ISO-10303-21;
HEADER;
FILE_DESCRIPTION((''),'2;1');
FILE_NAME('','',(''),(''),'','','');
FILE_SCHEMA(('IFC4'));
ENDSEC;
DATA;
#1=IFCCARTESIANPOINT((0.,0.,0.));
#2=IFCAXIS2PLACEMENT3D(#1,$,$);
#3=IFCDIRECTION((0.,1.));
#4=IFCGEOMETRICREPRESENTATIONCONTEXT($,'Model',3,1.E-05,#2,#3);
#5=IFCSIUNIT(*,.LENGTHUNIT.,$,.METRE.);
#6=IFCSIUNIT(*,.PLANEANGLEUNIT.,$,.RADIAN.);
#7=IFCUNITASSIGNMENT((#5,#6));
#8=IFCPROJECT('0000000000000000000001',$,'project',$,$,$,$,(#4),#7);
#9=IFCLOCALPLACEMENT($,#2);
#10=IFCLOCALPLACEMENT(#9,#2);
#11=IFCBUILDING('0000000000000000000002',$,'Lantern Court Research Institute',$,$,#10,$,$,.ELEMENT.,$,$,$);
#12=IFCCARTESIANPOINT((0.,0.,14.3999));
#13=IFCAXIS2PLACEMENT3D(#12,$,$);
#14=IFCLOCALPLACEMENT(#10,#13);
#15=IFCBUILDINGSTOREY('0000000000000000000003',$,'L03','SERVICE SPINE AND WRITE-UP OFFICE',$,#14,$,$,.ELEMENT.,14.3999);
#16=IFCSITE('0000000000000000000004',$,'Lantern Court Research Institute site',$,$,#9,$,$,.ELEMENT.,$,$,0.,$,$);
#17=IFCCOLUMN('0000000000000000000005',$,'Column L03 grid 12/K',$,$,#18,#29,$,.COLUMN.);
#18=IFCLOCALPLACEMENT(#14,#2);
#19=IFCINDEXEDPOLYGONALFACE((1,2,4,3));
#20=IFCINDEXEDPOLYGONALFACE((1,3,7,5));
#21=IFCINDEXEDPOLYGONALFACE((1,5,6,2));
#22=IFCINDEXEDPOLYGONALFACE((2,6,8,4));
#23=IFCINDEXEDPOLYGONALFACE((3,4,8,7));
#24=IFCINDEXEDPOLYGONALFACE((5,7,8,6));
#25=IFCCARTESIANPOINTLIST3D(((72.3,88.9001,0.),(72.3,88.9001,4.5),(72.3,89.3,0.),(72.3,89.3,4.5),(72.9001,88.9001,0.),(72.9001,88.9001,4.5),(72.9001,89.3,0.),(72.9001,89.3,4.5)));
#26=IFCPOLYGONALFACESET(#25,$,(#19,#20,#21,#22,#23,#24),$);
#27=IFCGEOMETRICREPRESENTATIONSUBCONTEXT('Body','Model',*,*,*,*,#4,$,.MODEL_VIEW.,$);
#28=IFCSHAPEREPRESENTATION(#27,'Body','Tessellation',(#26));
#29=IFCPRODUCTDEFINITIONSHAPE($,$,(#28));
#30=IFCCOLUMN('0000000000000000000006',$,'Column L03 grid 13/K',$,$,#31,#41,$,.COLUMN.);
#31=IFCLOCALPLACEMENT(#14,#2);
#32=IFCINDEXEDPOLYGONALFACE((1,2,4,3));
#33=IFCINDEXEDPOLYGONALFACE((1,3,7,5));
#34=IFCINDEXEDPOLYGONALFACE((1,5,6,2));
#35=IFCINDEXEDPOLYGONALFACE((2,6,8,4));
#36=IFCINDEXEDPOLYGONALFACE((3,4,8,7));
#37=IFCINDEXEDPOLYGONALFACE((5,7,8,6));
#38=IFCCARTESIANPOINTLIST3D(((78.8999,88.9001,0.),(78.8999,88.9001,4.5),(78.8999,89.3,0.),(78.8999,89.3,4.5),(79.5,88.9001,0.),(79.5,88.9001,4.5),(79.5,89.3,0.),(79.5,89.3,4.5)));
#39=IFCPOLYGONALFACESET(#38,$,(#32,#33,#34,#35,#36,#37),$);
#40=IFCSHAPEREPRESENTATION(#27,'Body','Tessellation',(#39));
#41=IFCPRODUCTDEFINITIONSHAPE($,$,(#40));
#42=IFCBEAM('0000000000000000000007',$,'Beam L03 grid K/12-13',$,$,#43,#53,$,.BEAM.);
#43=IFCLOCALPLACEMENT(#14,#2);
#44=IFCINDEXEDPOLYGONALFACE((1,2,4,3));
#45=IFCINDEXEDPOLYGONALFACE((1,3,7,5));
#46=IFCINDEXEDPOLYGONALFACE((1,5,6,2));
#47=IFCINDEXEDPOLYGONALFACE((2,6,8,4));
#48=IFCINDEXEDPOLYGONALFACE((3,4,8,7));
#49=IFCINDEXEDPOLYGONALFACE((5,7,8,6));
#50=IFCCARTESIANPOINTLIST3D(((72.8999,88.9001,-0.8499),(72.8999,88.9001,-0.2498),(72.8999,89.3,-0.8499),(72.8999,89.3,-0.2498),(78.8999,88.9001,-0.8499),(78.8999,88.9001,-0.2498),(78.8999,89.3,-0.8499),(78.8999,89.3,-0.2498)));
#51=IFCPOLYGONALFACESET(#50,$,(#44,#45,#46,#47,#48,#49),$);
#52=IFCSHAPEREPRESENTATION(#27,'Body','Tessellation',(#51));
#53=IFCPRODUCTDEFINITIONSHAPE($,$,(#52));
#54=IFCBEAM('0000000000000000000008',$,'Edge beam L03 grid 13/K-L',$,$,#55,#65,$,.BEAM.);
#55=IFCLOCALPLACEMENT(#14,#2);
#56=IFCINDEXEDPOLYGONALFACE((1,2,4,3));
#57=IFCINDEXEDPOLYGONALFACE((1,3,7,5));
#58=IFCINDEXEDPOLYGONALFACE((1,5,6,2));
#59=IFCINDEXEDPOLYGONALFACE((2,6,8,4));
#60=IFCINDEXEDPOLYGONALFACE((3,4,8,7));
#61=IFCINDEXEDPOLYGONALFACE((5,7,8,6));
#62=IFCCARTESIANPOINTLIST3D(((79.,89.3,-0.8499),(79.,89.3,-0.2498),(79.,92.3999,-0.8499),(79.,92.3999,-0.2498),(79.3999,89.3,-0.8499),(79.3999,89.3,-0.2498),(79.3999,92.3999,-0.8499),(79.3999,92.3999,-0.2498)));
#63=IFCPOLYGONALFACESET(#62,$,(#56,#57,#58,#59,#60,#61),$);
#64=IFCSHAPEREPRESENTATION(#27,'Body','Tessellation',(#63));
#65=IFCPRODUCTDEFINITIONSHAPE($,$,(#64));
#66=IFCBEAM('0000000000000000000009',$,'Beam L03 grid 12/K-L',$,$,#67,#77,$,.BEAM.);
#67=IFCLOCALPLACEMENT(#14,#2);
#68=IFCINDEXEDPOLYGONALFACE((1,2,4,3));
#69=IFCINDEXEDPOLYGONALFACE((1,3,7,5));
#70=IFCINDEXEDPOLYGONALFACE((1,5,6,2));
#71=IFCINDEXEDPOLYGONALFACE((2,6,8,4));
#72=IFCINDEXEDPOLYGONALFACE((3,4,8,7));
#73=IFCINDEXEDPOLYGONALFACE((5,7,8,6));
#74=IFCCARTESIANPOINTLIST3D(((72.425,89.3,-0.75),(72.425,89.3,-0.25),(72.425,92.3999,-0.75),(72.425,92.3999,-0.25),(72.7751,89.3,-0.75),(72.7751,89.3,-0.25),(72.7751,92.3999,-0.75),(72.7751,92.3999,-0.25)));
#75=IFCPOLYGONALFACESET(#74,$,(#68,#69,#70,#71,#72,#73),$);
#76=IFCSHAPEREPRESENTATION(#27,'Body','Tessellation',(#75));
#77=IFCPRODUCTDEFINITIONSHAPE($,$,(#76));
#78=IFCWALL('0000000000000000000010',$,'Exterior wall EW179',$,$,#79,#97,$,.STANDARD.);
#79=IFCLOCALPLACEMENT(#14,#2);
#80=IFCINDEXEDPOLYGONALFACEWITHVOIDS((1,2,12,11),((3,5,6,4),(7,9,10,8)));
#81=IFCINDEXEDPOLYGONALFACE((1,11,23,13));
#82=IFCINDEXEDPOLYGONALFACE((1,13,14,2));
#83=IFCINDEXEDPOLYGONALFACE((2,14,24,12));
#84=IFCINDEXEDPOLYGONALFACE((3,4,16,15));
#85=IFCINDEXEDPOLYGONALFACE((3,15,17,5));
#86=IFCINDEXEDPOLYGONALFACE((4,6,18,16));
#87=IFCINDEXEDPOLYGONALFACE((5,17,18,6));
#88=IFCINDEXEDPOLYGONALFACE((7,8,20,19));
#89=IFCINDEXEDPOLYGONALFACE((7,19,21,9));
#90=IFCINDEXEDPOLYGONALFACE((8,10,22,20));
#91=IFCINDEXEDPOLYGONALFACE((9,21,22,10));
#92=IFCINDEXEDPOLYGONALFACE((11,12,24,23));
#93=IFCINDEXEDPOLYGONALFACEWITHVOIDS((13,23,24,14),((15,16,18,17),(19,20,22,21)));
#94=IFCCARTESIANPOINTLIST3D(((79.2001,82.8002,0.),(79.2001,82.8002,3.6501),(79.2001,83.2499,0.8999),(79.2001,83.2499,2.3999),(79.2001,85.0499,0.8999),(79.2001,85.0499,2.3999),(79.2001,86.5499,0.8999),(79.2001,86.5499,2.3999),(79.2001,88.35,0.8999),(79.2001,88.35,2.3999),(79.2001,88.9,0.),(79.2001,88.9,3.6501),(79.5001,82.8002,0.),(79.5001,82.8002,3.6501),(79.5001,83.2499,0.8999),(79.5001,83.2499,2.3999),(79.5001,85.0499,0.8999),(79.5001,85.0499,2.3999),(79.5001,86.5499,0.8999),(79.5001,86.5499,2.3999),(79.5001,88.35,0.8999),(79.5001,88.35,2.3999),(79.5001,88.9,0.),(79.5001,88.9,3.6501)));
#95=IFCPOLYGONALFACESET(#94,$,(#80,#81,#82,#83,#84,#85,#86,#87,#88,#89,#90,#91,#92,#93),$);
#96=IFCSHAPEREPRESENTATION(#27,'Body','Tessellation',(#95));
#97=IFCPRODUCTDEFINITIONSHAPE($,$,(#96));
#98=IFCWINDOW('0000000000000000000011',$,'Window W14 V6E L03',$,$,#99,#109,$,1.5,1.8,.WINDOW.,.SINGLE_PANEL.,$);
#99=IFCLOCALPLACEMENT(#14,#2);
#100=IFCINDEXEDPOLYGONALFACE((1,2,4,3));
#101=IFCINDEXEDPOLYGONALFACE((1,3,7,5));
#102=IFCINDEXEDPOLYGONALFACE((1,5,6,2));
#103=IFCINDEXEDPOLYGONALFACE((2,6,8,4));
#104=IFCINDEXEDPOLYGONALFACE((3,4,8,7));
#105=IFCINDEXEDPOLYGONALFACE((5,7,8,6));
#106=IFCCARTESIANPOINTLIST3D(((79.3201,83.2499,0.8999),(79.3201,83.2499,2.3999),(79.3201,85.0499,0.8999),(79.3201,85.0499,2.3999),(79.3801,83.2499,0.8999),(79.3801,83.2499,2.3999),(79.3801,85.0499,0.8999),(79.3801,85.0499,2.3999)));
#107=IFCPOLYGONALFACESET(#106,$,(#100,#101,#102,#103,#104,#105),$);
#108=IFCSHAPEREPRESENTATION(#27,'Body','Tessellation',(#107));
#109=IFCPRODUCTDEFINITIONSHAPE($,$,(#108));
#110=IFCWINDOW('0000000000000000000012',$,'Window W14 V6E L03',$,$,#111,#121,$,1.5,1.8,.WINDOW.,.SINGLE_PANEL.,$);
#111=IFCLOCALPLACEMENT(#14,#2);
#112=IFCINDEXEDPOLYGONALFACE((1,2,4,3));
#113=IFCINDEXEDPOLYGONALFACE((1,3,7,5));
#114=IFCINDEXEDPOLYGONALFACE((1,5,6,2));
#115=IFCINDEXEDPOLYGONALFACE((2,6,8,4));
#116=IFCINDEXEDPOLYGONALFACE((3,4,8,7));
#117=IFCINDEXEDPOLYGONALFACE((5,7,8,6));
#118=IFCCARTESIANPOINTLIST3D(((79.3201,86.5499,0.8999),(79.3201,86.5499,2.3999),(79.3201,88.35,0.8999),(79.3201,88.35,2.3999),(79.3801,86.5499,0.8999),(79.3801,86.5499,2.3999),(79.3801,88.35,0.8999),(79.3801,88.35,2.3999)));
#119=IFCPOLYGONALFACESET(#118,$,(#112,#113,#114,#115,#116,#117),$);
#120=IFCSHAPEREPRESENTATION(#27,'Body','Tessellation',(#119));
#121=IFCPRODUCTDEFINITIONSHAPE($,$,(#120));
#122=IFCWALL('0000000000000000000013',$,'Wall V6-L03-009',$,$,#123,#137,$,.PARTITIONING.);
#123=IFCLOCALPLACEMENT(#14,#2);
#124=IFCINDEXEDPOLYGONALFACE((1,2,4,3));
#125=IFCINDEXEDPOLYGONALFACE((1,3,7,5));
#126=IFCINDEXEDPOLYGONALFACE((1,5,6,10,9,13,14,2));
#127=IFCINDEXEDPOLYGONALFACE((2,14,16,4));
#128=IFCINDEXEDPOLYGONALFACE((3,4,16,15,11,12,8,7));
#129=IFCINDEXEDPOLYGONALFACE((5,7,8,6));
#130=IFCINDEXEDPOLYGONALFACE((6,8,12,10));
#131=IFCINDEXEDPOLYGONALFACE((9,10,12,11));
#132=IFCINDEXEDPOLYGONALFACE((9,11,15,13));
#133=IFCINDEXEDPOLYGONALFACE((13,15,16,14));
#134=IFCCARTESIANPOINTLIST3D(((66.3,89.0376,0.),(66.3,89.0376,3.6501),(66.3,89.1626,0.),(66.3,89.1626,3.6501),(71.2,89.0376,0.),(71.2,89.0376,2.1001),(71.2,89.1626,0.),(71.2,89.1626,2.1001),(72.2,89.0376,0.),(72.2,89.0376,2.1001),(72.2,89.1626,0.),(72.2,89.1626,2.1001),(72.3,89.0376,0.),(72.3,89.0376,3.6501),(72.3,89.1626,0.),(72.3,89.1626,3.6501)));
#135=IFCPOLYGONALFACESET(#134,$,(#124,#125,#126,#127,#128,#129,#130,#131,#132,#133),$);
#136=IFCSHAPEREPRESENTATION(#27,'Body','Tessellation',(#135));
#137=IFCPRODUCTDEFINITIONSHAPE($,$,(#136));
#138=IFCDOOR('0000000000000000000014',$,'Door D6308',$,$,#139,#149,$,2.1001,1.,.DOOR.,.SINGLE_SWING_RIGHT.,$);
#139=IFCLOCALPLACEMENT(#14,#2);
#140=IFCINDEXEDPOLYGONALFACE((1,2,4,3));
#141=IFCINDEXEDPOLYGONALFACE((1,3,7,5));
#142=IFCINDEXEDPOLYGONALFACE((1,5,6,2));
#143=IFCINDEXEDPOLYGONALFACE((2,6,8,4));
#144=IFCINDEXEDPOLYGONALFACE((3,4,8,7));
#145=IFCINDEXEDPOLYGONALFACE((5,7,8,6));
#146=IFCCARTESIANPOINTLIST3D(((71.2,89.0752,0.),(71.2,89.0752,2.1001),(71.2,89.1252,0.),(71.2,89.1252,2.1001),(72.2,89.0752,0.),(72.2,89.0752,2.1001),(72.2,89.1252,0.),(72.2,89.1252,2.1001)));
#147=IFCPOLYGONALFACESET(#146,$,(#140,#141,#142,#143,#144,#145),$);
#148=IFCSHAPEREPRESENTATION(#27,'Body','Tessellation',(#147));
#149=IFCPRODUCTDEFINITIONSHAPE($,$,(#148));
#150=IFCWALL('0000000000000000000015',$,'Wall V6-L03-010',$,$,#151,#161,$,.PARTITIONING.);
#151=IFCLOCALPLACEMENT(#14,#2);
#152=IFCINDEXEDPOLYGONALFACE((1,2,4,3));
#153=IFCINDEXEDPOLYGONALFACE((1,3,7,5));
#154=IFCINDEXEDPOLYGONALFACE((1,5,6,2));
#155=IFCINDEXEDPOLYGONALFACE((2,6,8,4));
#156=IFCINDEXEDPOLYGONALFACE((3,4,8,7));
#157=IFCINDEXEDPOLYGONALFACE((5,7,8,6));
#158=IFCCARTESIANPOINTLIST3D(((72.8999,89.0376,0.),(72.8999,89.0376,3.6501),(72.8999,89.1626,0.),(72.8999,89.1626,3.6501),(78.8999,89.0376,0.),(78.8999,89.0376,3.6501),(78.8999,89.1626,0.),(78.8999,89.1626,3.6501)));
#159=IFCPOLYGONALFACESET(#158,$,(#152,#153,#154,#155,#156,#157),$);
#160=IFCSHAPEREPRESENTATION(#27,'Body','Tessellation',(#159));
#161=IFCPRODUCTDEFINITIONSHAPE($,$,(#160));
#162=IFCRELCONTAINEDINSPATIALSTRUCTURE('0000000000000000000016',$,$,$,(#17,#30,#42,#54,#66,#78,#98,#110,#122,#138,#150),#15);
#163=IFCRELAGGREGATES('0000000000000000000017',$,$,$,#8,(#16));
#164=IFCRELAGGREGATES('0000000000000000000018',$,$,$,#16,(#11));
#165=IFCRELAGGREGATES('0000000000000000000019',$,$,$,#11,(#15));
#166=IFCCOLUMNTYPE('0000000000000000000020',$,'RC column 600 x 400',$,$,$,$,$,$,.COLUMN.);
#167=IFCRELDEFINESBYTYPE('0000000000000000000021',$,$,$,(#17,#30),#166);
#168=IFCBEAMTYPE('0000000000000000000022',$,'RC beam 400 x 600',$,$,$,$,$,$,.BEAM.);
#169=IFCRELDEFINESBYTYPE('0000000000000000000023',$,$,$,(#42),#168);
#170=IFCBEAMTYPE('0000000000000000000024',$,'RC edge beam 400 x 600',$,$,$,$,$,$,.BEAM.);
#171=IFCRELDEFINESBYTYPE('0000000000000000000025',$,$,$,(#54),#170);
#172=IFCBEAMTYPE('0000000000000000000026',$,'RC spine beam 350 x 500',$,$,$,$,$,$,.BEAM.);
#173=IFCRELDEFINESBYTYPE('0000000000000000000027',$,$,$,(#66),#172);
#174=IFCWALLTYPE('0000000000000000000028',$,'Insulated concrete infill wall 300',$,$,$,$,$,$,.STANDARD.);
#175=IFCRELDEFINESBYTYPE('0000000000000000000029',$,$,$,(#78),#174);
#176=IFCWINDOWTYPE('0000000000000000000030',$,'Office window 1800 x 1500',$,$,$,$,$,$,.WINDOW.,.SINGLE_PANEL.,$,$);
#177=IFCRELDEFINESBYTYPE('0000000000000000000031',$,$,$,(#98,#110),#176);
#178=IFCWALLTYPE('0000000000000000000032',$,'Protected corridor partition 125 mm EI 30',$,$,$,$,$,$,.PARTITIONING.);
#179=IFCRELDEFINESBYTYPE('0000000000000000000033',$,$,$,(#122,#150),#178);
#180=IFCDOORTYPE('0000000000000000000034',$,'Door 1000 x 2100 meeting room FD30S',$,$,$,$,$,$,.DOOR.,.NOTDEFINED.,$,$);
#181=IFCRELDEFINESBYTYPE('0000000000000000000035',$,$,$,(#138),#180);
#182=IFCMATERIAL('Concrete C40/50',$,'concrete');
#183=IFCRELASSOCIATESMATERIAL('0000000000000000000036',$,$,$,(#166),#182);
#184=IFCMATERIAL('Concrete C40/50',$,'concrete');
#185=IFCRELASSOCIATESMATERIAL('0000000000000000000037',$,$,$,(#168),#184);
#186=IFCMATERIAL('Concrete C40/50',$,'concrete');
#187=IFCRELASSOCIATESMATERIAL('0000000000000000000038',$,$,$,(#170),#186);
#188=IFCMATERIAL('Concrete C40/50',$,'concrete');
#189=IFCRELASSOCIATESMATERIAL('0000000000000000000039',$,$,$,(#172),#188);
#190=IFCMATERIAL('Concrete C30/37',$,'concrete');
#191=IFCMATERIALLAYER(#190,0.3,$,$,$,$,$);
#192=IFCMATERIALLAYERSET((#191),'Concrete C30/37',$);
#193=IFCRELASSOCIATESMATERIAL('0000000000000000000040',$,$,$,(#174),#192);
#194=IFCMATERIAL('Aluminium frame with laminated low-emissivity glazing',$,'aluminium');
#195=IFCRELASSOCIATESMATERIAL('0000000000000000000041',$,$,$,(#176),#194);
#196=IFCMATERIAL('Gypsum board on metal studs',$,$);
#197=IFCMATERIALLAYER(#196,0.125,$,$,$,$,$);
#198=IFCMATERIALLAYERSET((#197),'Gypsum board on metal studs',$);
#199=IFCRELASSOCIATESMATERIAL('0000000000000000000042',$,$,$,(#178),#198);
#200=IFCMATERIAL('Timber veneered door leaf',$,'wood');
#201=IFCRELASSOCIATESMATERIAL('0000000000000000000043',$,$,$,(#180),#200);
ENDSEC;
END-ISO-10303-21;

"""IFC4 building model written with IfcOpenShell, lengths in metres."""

from ifc_helpers import new_model, si_unit, direction, frame, frame_2d, origin, origin_2d, place, context, subcontext, project, spatial, rectangle, extrude, material, layer, layer_set, material_profile, profile_set, type_object, element, fill, save


model = new_model("IFC4")

# Units and contexts
model_context = context("Model", 3, precision=1e-05, world=origin(), true_north=direction((0.0, 1.0)))
body_context = subcontext(model_context, "Body", "Model", "MODEL_VIEW")
ifc_project = project(units=[si_unit("LENGTHUNIT", "METRE"), si_unit("PLANEANGLEUNIT", "RADIAN")], contexts=[model_context])

# Site, building, storey
site_placement = place(None, origin())
site = spatial("IfcSite", under=ifc_project, at=site_placement, Name="Lantern Court Research Institute site", CompositionType="ELEMENT", RefElevation=0.0)
building_placement = place(site_placement, origin())
building = spatial("IfcBuilding", under=site, at=building_placement, Name="Lantern Court Research Institute", CompositionType="ELEMENT")
storey_placement = place(building_placement, frame((0.0, 0.0, 14.3999)))
storey = spatial("IfcBuildingStorey", under=building, at=storey_placement, Name="L03", Description="SERVICE SPINE AND WRITE-UP OFFICE", CompositionType="ELEMENT", Elevation=14.3999)

# Columns
ifc_material_1 = material(Name="Concrete C40/50", Category="concrete")
ifc_material_profile_1 = material_profile(ifc_material_1, rectangle(XDim=0.6001, YDim=0.3999, at=origin_2d()), Name="RC column 600 x 400")
ifc_profile_set_1 = profile_set([ifc_material_profile_1], Name="Concrete C40/50")
column_type = type_object("IfcColumnType", Name="RC column 600 x 400", PredefinedType="COLUMN", material=ifc_profile_set_1)
for number, where, z_axis, x_axis, name in (
    (1, (72.6001, 89.1001, 0.0), (0.0, 0.0, 1.0), (1.0, 0.0, 0.0), "Column L03 grid 12/K"),
    (2, (79.2, 89.1001, 0.0), (0.0, 0.0, 1.0), (1.0, 0.0, 0.0), "Column L03 grid 13/K"),
):
    element("IfcColumn", number, at=place(storey_placement, frame(where, z_axis=z_axis, x_axis=x_axis)), inside=storey, type_object=column_type, Name=name, PredefinedType="COLUMN", context=body_context, shape_type="SweptSolid", body=[
        extrude(rectangle(XDim=0.6001, YDim=0.3999, at=origin_2d()), origin(), (0.0, 0.0, 1.0), 4.5),
    ])

# Beams
ifc_material_2 = material(Name="Concrete C40/50", Category="concrete")
ifc_material_profile_2 = material_profile(ifc_material_2, rectangle(XDim=0.3999, YDim=0.6001, at=origin_2d()), Name="RC beam 400 x 600")
ifc_profile_set_2 = profile_set([ifc_material_profile_2], Name="Concrete C40/50")
beam_type_1 = type_object("IfcBeamType", Name="RC beam 400 x 600", PredefinedType="BEAM", material=ifc_profile_set_2)
beam_1_placement = place(storey_placement, frame((72.8999, 89.1001, -0.5498), z_axis=(1.0, 0.0, 0.0), x_axis=(0.0, 1.0, 0.0)))
element("IfcBeam", 3, at=beam_1_placement, inside=storey, type_object=beam_type_1, Name="Beam L03 grid K/12-13", PredefinedType="BEAM", context=body_context, shape_type="SweptSolid", body=[
    extrude(rectangle(XDim=0.3999, YDim=0.6001, at=origin_2d()), origin(), (0.0, 0.0, 1.0), 6.0),
])
ifc_material_3 = material(Name="Concrete C40/50", Category="concrete")
ifc_material_profile_3 = material_profile(ifc_material_3, rectangle(XDim=0.3999, YDim=0.6001, at=origin_2d()), Name="RC beam 400 x 600")
ifc_profile_set_3 = profile_set([ifc_material_profile_3], Name="Concrete C40/50")
beam_type_2 = type_object("IfcBeamType", Name="RC edge beam 400 x 600", PredefinedType="BEAM", material=ifc_profile_set_3)
beam_2_placement = place(storey_placement, frame((79.2, 89.3, -0.5498), z_axis=(0.0, 1.0, 0.0), x_axis=(-1.0, 0.0, 0.0)))
element("IfcBeam", 4, at=beam_2_placement, inside=storey, type_object=beam_type_2, Name="Edge beam L03 grid 13/K-L", PredefinedType="BEAM", context=body_context, shape_type="SweptSolid", body=[
    extrude(rectangle(XDim=0.3999, YDim=0.6001, at=origin_2d()), origin(), (0.0, 0.0, 1.0), 3.0999),
])
ifc_material_4 = material(Name="Concrete C40/50", Category="concrete")
ifc_material_profile_4 = material_profile(ifc_material_4, rectangle(XDim=0.3501, YDim=0.5, at=origin_2d()), Name="RC beam 350 x 500")
ifc_profile_set_4 = profile_set([ifc_material_profile_4], Name="Concrete C40/50")
beam_type_3 = type_object("IfcBeamType", Name="RC spine beam 350 x 500", PredefinedType="BEAM", material=ifc_profile_set_4)
beam_3_placement = place(storey_placement, frame((72.6001, 89.3, -0.5), z_axis=(0.0, 1.0, 0.0), x_axis=(-1.0, 0.0, 0.0)))
element("IfcBeam", 5, at=beam_3_placement, inside=storey, type_object=beam_type_3, Name="Beam L03 grid 12/K-L", PredefinedType="BEAM", context=body_context, shape_type="SweptSolid", body=[
    extrude(rectangle(XDim=0.3501, YDim=0.5, at=origin_2d()), origin(), (0.0, 0.0, 1.0), 3.0999),
])

# Wall, openings, windows
ifc_material_5 = material(Name="Concrete C30/37", Category="concrete")
ifc_layer_1 = layer(ifc_material_5, 0.3)
ifc_layer_set_1 = layer_set([ifc_layer_1], Name="Concrete C30/37")
wall_type_1 = type_object("IfcWallType", Name="Insulated concrete infill wall 300", PredefinedType="STANDARD", material=ifc_layer_set_1)
wall_1_placement = place(storey_placement, frame((79.3501, 88.8999, 0.0), z_axis=(0.0, 0.0, 1.0), x_axis=(0.0, -1.0, 0.0)))
wall_1 = element("IfcWall", 6, at=wall_1_placement, inside=storey, type_object=wall_type_1, Name="Exterior wall EW179", PredefinedType="STANDARD", context=body_context, shape_type="SweptSolid", body=[
    extrude(rectangle(XDim=6.0999, YDim=0.3, at=frame_2d((3.0498, 0.0))), origin(), (0.0, 0.0, 1.0), 3.6501),
])
opening_1_placement = place(wall_1_placement, frame((3.8501, 0.0, 0.8999)))
opening_1 = element("IfcOpeningElement", 7, at=opening_1_placement, cuts=wall_1, PredefinedType="OPENING", context=body_context, shape_type="SweptSolid", body=[
    extrude(rectangle(XDim=1.8, YDim=1.5, at=frame_2d((0.8999, 0.75))), frame((0.0, 0.1599, 0.0), z_axis=(0.0, -1.0, 0.0), x_axis=(1.0, 0.0, 0.0)), (0.0, 0.0, 1.0), 0.3201),
])
opening_2_placement = place(wall_1_placement, frame((0.55, 0.0, 0.8999)))
opening_2 = element("IfcOpeningElement", 8, at=opening_2_placement, cuts=wall_1, PredefinedType="OPENING", context=body_context, shape_type="SweptSolid", body=[
    extrude(rectangle(XDim=1.8, YDim=1.5, at=frame_2d((0.8999, 0.75))), frame((0.0, 0.1599, 0.0), z_axis=(0.0, -1.0, 0.0), x_axis=(1.0, 0.0, 0.0)), (0.0, 0.0, 1.0), 0.3201),
])
ifc_material_6 = material(Name="Aluminium frame with laminated low-emissivity glazing", Category="aluminium")
window_type = type_object("IfcWindowType", Name="Office window 1800 x 1500", PartitioningType="SINGLE_PANEL", PredefinedType="WINDOW", material=ifc_material_6)
window_1_placement = place(opening_1_placement, origin())
window_1 = element("IfcWindow", 9, at=window_1_placement, inside=storey, type_object=window_type, Name="Window W14 V6E L03", OverallHeight=1.5, OverallWidth=1.8, PartitioningType="SINGLE_PANEL", PredefinedType="WINDOW", context=body_context, shape_type="SweptSolid", body=[
    extrude(rectangle(XDim=1.8, YDim=1.5, at=frame_2d((0.8999, 0.75))), frame((0.0, 0.03, 0.0), z_axis=(0.0, -1.0, 0.0), x_axis=(1.0, 0.0, 0.0)), (0.0, 0.0, 1.0), 0.0601),
])
fill(opening_1, window_1)
window_2_placement = place(opening_2_placement, origin())
window_2 = element("IfcWindow", 10, at=window_2_placement, inside=storey, type_object=window_type, Name="Window W14 V6E L03", OverallHeight=1.5, OverallWidth=1.8, PartitioningType="SINGLE_PANEL", PredefinedType="WINDOW", context=body_context, shape_type="SweptSolid", body=[
    extrude(rectangle(XDim=1.8, YDim=1.5, at=frame_2d((0.8999, 0.75))), frame((0.0, 0.03, 0.0), z_axis=(0.0, -1.0, 0.0), x_axis=(1.0, 0.0, 0.0)), (0.0, 0.0, 1.0), 0.0601),
])
fill(opening_2, window_2)

# Wall, opening, door
ifc_material_7 = material(Name="Gypsum board on metal studs")
ifc_layer_2 = layer(ifc_material_7, 0.125)
ifc_layer_set_2 = layer_set([ifc_layer_2], Name="Gypsum board on metal studs")
wall_type_2 = type_object("IfcWallType", Name="Protected corridor partition 125 mm EI 30", PredefinedType="PARTITIONING", material=ifc_layer_set_2)
wall_2_placement = place(storey_placement, frame((72.3, 89.1001, 0.0), z_axis=(0.0, 0.0, 1.0), x_axis=(-1.0, 0.0, 0.0)))
wall_2 = element("IfcWall", 11, at=wall_2_placement, inside=storey, type_object=wall_type_2, Name="Wall V6-L03-009", PredefinedType="PARTITIONING", context=body_context, shape_type="SweptSolid", body=[
    extrude(rectangle(XDim=6.0, YDim=0.125, at=frame_2d((3.0, 0.0))), origin(), (0.0, 0.0, 1.0), 3.6501),
])
opening_3_placement = place(wall_2_placement, frame((0.1001, 0.0, 0.0)))
opening_3 = element("IfcOpeningElement", 12, at=opening_3_placement, cuts=wall_2, PredefinedType="OPENING", context=body_context, shape_type="SweptSolid", body=[
    extrude(rectangle(XDim=1.0, YDim=2.1001, at=frame_2d((0.5, 1.05))), frame((0.0, 0.0725, 0.0), z_axis=(0.0, -1.0, 0.0), x_axis=(1.0, 0.0, 0.0)), (0.0, 0.0, 1.0), 0.145),
])
ifc_material_8 = material(Name="Timber veneered door leaf", Category="wood")
door_type = type_object("IfcDoorType", Name="Door 1000 x 2100 meeting room FD30S", OperationType="NOTDEFINED", PredefinedType="DOOR", material=ifc_material_8)
door_placement = place(opening_3_placement, origin())
door = element("IfcDoor", 13, at=door_placement, inside=storey, type_object=door_type, Name="Door D6308", OperationType="SINGLE_SWING_RIGHT", OverallHeight=2.1001, OverallWidth=1.0, PredefinedType="DOOR", context=body_context, shape_type="SweptSolid", body=[
    extrude(rectangle(XDim=1.0, YDim=2.1001, at=frame_2d((0.5, 1.05))), frame((0.0, 0.0249, 0.0), z_axis=(0.0, -1.0, 0.0), x_axis=(1.0, 0.0, 0.0)), (0.0, 0.0, 1.0), 0.05),
])
fill(opening_3, door)

# Wall
wall_3_placement = place(storey_placement, frame((72.8999, 89.1001, 0.0), z_axis=(0.0, 0.0, 1.0), x_axis=(1.0, 0.0, 0.0)))
element("IfcWall", 14, at=wall_3_placement, inside=storey, type_object=wall_type_2, Name="Wall V6-L03-010", PredefinedType="PARTITIONING", context=body_context, shape_type="SweptSolid", body=[
    extrude(rectangle(XDim=6.0, YDim=0.125, at=frame_2d((3.0, 0.0))), origin(), (0.0, 0.0, 1.0), 3.6501),
])

save(model, "model.ifc")
